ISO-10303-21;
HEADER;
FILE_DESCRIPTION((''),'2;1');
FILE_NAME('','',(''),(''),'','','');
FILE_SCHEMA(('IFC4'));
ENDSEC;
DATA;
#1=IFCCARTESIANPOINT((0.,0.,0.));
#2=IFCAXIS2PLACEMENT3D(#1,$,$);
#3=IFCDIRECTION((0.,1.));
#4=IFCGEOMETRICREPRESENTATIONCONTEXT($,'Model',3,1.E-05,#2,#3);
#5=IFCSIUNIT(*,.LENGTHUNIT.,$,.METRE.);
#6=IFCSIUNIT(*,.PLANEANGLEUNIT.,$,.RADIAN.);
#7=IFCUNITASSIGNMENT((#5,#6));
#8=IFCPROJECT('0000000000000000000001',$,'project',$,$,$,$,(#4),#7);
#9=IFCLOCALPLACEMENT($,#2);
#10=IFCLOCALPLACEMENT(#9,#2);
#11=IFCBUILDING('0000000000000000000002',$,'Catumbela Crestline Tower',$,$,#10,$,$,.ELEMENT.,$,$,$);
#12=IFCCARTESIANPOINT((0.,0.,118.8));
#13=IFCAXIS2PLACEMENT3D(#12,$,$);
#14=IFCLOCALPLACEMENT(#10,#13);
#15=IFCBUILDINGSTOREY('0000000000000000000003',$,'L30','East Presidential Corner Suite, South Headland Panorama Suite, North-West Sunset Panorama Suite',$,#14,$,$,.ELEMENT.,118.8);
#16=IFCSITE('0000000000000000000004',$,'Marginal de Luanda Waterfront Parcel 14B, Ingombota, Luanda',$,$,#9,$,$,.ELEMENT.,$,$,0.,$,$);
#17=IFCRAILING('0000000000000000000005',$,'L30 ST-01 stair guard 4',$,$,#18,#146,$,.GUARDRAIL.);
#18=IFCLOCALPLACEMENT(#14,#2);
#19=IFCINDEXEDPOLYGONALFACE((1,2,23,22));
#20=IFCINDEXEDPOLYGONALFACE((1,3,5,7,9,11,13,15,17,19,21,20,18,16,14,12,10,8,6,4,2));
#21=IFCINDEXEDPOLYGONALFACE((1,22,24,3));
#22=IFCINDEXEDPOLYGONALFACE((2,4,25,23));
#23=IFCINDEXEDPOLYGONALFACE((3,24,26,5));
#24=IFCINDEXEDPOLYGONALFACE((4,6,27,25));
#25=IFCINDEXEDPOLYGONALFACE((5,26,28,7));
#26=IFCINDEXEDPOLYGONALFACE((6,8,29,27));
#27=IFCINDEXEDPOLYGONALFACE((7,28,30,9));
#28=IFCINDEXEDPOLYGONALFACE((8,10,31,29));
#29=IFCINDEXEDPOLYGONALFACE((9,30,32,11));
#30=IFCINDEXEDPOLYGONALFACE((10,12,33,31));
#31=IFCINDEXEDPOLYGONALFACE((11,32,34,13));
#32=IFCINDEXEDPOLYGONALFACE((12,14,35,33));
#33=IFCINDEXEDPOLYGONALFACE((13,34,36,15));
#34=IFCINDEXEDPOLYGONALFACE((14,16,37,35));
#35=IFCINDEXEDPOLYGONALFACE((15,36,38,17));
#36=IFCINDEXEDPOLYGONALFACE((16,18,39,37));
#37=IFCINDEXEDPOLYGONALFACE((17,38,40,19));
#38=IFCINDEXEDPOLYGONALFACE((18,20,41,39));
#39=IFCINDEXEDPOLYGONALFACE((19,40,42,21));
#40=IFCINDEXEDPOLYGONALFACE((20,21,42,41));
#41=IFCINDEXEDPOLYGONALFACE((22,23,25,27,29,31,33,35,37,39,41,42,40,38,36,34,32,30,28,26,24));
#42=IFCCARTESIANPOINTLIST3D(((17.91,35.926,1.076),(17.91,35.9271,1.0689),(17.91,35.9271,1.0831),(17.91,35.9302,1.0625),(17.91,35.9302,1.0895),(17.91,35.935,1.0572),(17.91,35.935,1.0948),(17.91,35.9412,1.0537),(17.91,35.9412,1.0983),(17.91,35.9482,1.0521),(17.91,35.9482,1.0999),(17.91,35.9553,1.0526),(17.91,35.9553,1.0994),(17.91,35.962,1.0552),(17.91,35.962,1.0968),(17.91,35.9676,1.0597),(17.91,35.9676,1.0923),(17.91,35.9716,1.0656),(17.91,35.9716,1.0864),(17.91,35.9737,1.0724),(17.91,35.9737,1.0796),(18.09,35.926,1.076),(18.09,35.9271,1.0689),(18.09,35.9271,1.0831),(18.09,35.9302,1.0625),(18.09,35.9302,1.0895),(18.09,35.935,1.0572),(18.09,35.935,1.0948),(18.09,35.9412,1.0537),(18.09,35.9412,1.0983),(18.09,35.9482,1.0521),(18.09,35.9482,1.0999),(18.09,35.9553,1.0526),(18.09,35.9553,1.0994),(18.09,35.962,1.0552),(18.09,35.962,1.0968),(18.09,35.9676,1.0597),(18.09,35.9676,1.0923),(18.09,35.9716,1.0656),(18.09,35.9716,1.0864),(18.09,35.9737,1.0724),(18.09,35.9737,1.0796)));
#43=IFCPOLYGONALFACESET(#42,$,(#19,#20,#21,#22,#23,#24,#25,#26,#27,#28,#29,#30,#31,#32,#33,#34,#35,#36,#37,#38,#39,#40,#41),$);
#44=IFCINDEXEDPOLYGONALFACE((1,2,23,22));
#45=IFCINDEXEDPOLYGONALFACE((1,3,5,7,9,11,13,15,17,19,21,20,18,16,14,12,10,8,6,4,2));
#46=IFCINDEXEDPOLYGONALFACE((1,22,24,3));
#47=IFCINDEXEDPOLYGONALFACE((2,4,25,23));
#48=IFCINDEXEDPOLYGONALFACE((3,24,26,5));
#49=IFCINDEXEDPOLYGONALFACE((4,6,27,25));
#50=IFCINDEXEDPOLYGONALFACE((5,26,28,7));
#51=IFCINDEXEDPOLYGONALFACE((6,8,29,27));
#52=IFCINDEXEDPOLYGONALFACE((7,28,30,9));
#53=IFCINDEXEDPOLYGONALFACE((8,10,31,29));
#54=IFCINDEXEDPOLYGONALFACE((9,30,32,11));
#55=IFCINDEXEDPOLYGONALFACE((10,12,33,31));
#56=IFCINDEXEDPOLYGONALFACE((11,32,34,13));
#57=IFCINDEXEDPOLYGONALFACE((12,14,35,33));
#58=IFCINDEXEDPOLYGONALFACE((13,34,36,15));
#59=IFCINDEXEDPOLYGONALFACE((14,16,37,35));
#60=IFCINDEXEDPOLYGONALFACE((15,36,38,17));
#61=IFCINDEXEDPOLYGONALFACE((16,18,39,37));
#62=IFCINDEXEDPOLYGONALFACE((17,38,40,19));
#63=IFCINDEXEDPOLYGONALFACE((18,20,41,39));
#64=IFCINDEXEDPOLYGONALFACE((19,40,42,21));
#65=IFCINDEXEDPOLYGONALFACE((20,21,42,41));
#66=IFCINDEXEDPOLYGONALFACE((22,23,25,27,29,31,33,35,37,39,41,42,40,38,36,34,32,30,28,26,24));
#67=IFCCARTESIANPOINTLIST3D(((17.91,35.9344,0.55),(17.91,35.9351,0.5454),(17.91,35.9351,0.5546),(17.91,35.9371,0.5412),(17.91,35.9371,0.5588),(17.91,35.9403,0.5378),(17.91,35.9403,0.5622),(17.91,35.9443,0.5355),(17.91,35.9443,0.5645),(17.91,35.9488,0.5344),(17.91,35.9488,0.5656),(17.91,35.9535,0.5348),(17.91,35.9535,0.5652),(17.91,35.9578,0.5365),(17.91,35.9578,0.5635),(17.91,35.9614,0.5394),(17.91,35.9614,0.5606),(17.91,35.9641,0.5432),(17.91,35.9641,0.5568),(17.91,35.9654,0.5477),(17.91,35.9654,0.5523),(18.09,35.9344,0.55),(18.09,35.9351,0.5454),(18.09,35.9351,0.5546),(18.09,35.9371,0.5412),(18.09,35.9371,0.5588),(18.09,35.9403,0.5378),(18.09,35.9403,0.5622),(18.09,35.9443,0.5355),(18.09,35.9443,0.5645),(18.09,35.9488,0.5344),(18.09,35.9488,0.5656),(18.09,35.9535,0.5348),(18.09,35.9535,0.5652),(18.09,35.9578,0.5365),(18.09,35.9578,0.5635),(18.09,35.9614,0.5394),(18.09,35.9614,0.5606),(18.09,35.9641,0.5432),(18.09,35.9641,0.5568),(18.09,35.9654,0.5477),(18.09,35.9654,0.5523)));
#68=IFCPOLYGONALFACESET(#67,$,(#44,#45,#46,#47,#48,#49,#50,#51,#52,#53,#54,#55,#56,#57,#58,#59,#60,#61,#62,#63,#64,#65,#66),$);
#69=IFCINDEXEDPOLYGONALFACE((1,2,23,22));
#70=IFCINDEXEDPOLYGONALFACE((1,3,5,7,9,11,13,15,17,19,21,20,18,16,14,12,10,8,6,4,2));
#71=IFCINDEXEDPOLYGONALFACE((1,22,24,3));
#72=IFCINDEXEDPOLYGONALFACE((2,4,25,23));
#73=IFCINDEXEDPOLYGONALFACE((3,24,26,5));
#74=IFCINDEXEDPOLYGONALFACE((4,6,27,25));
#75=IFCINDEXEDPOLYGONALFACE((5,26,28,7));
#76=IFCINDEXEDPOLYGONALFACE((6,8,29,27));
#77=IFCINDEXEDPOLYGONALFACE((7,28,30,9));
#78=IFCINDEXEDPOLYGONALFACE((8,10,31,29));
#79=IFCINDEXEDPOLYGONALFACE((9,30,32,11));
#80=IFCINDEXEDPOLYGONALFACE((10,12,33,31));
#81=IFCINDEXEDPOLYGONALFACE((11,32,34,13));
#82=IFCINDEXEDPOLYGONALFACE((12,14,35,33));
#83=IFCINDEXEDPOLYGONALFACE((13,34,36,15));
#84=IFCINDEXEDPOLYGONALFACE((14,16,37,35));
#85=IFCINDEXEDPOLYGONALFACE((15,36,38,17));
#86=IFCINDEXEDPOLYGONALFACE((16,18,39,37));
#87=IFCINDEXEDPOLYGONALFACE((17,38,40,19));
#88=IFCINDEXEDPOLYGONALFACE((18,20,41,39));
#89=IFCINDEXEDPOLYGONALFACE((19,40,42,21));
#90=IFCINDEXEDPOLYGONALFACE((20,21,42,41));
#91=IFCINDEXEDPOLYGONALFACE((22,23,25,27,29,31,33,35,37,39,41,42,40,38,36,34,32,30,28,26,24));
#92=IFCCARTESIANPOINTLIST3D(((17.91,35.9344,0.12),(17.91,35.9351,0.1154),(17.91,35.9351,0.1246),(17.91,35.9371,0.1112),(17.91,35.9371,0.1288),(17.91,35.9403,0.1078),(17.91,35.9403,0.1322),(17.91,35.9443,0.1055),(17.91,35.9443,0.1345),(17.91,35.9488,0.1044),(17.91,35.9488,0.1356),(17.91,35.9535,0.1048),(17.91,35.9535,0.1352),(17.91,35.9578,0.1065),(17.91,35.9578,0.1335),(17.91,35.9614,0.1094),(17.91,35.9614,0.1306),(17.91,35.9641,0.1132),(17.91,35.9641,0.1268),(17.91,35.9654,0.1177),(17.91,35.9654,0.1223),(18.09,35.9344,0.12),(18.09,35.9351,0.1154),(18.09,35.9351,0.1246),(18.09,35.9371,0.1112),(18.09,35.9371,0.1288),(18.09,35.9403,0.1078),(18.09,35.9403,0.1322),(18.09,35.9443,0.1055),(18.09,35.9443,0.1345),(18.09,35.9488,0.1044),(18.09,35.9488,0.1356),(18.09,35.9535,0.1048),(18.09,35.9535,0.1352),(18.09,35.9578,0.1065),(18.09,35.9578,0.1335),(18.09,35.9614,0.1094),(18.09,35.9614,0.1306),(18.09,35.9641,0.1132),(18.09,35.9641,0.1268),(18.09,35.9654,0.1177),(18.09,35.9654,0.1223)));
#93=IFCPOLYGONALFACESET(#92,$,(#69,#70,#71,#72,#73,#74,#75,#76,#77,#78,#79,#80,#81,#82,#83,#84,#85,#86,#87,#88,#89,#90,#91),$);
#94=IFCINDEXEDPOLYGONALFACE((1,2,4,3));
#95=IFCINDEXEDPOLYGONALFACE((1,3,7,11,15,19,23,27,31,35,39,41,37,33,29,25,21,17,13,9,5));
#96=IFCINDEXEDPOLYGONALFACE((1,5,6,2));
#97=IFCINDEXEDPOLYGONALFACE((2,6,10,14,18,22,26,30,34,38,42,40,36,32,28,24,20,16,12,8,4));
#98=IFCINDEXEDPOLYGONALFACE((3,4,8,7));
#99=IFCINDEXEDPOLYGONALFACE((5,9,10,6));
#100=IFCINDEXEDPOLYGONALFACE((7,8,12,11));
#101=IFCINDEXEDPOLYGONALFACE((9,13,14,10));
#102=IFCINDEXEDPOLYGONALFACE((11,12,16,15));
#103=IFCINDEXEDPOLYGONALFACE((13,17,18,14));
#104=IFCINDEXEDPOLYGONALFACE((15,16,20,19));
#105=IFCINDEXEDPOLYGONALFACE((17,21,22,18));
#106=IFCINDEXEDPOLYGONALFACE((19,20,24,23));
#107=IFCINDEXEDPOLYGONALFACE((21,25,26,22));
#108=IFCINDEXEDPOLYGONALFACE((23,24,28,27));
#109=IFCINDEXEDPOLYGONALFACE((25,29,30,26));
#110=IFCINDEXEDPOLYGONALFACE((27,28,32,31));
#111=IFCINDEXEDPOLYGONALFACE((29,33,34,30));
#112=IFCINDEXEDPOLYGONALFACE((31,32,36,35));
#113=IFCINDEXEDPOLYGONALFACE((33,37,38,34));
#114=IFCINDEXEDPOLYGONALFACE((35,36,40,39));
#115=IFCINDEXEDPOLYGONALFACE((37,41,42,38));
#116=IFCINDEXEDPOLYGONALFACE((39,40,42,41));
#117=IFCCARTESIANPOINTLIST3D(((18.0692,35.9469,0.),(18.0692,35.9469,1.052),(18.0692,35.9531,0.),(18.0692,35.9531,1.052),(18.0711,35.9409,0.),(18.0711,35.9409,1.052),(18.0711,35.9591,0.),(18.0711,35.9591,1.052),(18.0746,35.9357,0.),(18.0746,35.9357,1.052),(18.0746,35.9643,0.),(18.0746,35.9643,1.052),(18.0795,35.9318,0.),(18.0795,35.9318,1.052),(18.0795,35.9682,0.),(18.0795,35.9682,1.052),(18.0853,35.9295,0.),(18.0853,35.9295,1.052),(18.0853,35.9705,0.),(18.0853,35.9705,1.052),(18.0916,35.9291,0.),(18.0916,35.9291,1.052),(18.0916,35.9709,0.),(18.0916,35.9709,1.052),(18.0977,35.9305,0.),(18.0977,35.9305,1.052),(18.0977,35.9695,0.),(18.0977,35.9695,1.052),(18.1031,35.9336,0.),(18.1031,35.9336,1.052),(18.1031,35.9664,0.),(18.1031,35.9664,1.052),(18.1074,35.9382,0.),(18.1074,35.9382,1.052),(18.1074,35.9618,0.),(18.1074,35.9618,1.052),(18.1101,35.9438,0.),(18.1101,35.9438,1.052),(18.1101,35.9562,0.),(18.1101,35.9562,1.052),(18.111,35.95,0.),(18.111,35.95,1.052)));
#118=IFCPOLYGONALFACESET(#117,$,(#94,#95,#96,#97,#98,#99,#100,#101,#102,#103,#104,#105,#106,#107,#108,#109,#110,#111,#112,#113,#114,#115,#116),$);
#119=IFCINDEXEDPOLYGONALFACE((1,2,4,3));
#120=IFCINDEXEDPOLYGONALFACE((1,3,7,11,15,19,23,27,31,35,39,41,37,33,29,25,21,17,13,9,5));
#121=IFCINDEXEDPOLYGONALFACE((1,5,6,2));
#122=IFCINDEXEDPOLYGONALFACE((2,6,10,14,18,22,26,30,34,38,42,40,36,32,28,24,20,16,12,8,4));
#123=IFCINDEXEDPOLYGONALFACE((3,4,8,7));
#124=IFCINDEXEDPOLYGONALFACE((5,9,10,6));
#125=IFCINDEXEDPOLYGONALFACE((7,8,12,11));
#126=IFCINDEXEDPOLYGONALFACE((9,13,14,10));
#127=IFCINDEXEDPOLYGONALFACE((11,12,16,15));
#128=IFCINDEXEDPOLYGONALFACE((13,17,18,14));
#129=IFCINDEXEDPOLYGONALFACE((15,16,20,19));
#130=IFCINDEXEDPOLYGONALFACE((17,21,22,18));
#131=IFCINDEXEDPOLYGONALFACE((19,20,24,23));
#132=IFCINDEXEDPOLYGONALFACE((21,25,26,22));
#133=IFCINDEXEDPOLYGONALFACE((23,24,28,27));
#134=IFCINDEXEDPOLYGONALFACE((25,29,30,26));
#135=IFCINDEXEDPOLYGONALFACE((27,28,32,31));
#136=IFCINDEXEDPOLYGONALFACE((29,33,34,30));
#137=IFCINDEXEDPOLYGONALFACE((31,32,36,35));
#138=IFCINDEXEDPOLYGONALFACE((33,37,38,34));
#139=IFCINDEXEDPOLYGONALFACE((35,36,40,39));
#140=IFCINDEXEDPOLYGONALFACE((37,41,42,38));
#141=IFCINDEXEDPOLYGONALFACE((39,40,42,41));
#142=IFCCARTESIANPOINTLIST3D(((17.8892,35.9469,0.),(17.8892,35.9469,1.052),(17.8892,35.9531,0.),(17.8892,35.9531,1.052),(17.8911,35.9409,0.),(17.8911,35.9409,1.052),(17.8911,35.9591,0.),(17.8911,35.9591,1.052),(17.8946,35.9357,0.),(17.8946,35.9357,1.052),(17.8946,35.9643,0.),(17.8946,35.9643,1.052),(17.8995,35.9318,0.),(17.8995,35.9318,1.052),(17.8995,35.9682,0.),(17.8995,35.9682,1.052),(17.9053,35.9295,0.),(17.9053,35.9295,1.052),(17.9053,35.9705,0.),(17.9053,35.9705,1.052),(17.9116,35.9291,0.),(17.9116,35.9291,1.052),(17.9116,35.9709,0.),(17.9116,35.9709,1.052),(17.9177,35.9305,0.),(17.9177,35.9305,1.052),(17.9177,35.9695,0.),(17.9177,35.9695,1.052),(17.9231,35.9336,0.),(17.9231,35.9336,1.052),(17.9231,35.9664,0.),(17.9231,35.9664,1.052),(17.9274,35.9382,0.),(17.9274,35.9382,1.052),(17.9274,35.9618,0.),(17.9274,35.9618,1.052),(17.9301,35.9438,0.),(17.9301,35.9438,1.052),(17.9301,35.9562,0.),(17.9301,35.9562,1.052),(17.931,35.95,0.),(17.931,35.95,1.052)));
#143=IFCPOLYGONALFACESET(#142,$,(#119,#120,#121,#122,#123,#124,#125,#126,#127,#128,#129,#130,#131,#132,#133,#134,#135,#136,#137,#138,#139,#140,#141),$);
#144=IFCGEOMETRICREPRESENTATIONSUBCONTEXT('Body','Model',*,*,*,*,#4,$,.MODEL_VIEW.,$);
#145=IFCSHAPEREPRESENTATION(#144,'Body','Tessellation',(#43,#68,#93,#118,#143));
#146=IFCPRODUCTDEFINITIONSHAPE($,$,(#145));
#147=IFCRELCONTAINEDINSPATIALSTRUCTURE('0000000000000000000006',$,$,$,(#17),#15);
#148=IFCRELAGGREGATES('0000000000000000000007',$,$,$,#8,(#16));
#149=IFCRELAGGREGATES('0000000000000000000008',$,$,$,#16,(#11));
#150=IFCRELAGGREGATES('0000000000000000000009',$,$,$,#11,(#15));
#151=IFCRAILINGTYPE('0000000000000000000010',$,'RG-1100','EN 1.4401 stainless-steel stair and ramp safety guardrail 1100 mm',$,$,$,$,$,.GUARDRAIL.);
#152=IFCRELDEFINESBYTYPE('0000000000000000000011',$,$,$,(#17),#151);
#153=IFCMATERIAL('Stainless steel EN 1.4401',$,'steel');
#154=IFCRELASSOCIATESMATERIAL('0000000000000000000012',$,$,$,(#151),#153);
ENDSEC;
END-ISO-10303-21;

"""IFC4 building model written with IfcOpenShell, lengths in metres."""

from ifc_helpers import new_model, si_unit, direction, frame, origin, origin_2d, place, context, subcontext, project, spatial, circle, extrude, material, type_object, element, save


model = new_model("IFC4")

# Units and contexts
model_context = context("Model", 3, precision=1e-05, world=origin(), true_north=direction((0.0, 1.0)))
body_context = subcontext(model_context, "Body", "Model", "MODEL_VIEW")
ifc_project = project(units=[si_unit("LENGTHUNIT", "METRE"), si_unit("PLANEANGLEUNIT", "RADIAN")], contexts=[model_context])

# Site, building, storey
site_placement = place(None, origin())
site = spatial("IfcSite", under=ifc_project, at=site_placement, Name="Marginal de Luanda Waterfront Parcel 14B, Ingombota, Luanda", CompositionType="ELEMENT", RefElevation=0.0)
building_placement = place(site_placement, origin())
building = spatial("IfcBuilding", under=site, at=building_placement, Name="Catumbela Crestline Tower", CompositionType="ELEMENT")
storey_placement = place(building_placement, frame((0.0, 0.0, 118.8)))
storey = spatial("IfcBuildingStorey", under=building, at=storey_placement, Name="L30", Description="East Presidential Corner Suite, South Headland Panorama Suite, North-West Sunset Panorama Suite", CompositionType="ELEMENT", Elevation=118.8)

# Shared definitions
ifc_material_1 = material(Name="Stainless steel EN 1.4401", Category="steel")

# Railing
railing_type_1 = type_object("IfcRailingType", Name="RG-1100", Description="EN 1.4401 stainless-steel stair and ramp safety guardrail 1100 mm", PredefinedType="GUARDRAIL", material=ifc_material_1)
railing_1_placement = place(storey_placement, frame((18.09, 35.95, 0.0)))
element("IfcRailing", 1, at=railing_1_placement, inside=storey, type_object=railing_type_1, Name="L30 ST-01 stair guard 4", PredefinedType="GUARDRAIL", context=body_context, shape_type="SweptSolid", body=[
    extrude(circle(Radius=0.024, at=origin_2d()), frame((0.0, 0.0, 1.076), z_axis=(-1.0, 0.0, 0.0), x_axis=(0.0, -1.0, 0.0)), (0.0, 0.0, 1.0), 0.18),
    extrude(circle(Radius=0.0156, at=origin_2d()), frame((0.0, 0.0, 0.55), z_axis=(-1.0, 0.0, 0.0), x_axis=(0.0, -1.0, 0.0)), (0.0, 0.0, 1.0), 0.18),
    extrude(circle(Radius=0.0156, at=origin_2d()), frame((0.0, 0.0, 0.12), z_axis=(-1.0, 0.0, 0.0), x_axis=(0.0, -1.0, 0.0)), (0.0, 0.0, 1.0), 0.18),
    extrude(circle(Radius=0.021, at=origin_2d()), origin(), (0.0, 0.0, 1.0), 1.052),
    extrude(circle(Radius=0.021, at=origin_2d()), frame((-0.18, 0.0, 0.0)), (0.0, 0.0, 1.0), 1.052),
])

save(model, "model.ifc")
